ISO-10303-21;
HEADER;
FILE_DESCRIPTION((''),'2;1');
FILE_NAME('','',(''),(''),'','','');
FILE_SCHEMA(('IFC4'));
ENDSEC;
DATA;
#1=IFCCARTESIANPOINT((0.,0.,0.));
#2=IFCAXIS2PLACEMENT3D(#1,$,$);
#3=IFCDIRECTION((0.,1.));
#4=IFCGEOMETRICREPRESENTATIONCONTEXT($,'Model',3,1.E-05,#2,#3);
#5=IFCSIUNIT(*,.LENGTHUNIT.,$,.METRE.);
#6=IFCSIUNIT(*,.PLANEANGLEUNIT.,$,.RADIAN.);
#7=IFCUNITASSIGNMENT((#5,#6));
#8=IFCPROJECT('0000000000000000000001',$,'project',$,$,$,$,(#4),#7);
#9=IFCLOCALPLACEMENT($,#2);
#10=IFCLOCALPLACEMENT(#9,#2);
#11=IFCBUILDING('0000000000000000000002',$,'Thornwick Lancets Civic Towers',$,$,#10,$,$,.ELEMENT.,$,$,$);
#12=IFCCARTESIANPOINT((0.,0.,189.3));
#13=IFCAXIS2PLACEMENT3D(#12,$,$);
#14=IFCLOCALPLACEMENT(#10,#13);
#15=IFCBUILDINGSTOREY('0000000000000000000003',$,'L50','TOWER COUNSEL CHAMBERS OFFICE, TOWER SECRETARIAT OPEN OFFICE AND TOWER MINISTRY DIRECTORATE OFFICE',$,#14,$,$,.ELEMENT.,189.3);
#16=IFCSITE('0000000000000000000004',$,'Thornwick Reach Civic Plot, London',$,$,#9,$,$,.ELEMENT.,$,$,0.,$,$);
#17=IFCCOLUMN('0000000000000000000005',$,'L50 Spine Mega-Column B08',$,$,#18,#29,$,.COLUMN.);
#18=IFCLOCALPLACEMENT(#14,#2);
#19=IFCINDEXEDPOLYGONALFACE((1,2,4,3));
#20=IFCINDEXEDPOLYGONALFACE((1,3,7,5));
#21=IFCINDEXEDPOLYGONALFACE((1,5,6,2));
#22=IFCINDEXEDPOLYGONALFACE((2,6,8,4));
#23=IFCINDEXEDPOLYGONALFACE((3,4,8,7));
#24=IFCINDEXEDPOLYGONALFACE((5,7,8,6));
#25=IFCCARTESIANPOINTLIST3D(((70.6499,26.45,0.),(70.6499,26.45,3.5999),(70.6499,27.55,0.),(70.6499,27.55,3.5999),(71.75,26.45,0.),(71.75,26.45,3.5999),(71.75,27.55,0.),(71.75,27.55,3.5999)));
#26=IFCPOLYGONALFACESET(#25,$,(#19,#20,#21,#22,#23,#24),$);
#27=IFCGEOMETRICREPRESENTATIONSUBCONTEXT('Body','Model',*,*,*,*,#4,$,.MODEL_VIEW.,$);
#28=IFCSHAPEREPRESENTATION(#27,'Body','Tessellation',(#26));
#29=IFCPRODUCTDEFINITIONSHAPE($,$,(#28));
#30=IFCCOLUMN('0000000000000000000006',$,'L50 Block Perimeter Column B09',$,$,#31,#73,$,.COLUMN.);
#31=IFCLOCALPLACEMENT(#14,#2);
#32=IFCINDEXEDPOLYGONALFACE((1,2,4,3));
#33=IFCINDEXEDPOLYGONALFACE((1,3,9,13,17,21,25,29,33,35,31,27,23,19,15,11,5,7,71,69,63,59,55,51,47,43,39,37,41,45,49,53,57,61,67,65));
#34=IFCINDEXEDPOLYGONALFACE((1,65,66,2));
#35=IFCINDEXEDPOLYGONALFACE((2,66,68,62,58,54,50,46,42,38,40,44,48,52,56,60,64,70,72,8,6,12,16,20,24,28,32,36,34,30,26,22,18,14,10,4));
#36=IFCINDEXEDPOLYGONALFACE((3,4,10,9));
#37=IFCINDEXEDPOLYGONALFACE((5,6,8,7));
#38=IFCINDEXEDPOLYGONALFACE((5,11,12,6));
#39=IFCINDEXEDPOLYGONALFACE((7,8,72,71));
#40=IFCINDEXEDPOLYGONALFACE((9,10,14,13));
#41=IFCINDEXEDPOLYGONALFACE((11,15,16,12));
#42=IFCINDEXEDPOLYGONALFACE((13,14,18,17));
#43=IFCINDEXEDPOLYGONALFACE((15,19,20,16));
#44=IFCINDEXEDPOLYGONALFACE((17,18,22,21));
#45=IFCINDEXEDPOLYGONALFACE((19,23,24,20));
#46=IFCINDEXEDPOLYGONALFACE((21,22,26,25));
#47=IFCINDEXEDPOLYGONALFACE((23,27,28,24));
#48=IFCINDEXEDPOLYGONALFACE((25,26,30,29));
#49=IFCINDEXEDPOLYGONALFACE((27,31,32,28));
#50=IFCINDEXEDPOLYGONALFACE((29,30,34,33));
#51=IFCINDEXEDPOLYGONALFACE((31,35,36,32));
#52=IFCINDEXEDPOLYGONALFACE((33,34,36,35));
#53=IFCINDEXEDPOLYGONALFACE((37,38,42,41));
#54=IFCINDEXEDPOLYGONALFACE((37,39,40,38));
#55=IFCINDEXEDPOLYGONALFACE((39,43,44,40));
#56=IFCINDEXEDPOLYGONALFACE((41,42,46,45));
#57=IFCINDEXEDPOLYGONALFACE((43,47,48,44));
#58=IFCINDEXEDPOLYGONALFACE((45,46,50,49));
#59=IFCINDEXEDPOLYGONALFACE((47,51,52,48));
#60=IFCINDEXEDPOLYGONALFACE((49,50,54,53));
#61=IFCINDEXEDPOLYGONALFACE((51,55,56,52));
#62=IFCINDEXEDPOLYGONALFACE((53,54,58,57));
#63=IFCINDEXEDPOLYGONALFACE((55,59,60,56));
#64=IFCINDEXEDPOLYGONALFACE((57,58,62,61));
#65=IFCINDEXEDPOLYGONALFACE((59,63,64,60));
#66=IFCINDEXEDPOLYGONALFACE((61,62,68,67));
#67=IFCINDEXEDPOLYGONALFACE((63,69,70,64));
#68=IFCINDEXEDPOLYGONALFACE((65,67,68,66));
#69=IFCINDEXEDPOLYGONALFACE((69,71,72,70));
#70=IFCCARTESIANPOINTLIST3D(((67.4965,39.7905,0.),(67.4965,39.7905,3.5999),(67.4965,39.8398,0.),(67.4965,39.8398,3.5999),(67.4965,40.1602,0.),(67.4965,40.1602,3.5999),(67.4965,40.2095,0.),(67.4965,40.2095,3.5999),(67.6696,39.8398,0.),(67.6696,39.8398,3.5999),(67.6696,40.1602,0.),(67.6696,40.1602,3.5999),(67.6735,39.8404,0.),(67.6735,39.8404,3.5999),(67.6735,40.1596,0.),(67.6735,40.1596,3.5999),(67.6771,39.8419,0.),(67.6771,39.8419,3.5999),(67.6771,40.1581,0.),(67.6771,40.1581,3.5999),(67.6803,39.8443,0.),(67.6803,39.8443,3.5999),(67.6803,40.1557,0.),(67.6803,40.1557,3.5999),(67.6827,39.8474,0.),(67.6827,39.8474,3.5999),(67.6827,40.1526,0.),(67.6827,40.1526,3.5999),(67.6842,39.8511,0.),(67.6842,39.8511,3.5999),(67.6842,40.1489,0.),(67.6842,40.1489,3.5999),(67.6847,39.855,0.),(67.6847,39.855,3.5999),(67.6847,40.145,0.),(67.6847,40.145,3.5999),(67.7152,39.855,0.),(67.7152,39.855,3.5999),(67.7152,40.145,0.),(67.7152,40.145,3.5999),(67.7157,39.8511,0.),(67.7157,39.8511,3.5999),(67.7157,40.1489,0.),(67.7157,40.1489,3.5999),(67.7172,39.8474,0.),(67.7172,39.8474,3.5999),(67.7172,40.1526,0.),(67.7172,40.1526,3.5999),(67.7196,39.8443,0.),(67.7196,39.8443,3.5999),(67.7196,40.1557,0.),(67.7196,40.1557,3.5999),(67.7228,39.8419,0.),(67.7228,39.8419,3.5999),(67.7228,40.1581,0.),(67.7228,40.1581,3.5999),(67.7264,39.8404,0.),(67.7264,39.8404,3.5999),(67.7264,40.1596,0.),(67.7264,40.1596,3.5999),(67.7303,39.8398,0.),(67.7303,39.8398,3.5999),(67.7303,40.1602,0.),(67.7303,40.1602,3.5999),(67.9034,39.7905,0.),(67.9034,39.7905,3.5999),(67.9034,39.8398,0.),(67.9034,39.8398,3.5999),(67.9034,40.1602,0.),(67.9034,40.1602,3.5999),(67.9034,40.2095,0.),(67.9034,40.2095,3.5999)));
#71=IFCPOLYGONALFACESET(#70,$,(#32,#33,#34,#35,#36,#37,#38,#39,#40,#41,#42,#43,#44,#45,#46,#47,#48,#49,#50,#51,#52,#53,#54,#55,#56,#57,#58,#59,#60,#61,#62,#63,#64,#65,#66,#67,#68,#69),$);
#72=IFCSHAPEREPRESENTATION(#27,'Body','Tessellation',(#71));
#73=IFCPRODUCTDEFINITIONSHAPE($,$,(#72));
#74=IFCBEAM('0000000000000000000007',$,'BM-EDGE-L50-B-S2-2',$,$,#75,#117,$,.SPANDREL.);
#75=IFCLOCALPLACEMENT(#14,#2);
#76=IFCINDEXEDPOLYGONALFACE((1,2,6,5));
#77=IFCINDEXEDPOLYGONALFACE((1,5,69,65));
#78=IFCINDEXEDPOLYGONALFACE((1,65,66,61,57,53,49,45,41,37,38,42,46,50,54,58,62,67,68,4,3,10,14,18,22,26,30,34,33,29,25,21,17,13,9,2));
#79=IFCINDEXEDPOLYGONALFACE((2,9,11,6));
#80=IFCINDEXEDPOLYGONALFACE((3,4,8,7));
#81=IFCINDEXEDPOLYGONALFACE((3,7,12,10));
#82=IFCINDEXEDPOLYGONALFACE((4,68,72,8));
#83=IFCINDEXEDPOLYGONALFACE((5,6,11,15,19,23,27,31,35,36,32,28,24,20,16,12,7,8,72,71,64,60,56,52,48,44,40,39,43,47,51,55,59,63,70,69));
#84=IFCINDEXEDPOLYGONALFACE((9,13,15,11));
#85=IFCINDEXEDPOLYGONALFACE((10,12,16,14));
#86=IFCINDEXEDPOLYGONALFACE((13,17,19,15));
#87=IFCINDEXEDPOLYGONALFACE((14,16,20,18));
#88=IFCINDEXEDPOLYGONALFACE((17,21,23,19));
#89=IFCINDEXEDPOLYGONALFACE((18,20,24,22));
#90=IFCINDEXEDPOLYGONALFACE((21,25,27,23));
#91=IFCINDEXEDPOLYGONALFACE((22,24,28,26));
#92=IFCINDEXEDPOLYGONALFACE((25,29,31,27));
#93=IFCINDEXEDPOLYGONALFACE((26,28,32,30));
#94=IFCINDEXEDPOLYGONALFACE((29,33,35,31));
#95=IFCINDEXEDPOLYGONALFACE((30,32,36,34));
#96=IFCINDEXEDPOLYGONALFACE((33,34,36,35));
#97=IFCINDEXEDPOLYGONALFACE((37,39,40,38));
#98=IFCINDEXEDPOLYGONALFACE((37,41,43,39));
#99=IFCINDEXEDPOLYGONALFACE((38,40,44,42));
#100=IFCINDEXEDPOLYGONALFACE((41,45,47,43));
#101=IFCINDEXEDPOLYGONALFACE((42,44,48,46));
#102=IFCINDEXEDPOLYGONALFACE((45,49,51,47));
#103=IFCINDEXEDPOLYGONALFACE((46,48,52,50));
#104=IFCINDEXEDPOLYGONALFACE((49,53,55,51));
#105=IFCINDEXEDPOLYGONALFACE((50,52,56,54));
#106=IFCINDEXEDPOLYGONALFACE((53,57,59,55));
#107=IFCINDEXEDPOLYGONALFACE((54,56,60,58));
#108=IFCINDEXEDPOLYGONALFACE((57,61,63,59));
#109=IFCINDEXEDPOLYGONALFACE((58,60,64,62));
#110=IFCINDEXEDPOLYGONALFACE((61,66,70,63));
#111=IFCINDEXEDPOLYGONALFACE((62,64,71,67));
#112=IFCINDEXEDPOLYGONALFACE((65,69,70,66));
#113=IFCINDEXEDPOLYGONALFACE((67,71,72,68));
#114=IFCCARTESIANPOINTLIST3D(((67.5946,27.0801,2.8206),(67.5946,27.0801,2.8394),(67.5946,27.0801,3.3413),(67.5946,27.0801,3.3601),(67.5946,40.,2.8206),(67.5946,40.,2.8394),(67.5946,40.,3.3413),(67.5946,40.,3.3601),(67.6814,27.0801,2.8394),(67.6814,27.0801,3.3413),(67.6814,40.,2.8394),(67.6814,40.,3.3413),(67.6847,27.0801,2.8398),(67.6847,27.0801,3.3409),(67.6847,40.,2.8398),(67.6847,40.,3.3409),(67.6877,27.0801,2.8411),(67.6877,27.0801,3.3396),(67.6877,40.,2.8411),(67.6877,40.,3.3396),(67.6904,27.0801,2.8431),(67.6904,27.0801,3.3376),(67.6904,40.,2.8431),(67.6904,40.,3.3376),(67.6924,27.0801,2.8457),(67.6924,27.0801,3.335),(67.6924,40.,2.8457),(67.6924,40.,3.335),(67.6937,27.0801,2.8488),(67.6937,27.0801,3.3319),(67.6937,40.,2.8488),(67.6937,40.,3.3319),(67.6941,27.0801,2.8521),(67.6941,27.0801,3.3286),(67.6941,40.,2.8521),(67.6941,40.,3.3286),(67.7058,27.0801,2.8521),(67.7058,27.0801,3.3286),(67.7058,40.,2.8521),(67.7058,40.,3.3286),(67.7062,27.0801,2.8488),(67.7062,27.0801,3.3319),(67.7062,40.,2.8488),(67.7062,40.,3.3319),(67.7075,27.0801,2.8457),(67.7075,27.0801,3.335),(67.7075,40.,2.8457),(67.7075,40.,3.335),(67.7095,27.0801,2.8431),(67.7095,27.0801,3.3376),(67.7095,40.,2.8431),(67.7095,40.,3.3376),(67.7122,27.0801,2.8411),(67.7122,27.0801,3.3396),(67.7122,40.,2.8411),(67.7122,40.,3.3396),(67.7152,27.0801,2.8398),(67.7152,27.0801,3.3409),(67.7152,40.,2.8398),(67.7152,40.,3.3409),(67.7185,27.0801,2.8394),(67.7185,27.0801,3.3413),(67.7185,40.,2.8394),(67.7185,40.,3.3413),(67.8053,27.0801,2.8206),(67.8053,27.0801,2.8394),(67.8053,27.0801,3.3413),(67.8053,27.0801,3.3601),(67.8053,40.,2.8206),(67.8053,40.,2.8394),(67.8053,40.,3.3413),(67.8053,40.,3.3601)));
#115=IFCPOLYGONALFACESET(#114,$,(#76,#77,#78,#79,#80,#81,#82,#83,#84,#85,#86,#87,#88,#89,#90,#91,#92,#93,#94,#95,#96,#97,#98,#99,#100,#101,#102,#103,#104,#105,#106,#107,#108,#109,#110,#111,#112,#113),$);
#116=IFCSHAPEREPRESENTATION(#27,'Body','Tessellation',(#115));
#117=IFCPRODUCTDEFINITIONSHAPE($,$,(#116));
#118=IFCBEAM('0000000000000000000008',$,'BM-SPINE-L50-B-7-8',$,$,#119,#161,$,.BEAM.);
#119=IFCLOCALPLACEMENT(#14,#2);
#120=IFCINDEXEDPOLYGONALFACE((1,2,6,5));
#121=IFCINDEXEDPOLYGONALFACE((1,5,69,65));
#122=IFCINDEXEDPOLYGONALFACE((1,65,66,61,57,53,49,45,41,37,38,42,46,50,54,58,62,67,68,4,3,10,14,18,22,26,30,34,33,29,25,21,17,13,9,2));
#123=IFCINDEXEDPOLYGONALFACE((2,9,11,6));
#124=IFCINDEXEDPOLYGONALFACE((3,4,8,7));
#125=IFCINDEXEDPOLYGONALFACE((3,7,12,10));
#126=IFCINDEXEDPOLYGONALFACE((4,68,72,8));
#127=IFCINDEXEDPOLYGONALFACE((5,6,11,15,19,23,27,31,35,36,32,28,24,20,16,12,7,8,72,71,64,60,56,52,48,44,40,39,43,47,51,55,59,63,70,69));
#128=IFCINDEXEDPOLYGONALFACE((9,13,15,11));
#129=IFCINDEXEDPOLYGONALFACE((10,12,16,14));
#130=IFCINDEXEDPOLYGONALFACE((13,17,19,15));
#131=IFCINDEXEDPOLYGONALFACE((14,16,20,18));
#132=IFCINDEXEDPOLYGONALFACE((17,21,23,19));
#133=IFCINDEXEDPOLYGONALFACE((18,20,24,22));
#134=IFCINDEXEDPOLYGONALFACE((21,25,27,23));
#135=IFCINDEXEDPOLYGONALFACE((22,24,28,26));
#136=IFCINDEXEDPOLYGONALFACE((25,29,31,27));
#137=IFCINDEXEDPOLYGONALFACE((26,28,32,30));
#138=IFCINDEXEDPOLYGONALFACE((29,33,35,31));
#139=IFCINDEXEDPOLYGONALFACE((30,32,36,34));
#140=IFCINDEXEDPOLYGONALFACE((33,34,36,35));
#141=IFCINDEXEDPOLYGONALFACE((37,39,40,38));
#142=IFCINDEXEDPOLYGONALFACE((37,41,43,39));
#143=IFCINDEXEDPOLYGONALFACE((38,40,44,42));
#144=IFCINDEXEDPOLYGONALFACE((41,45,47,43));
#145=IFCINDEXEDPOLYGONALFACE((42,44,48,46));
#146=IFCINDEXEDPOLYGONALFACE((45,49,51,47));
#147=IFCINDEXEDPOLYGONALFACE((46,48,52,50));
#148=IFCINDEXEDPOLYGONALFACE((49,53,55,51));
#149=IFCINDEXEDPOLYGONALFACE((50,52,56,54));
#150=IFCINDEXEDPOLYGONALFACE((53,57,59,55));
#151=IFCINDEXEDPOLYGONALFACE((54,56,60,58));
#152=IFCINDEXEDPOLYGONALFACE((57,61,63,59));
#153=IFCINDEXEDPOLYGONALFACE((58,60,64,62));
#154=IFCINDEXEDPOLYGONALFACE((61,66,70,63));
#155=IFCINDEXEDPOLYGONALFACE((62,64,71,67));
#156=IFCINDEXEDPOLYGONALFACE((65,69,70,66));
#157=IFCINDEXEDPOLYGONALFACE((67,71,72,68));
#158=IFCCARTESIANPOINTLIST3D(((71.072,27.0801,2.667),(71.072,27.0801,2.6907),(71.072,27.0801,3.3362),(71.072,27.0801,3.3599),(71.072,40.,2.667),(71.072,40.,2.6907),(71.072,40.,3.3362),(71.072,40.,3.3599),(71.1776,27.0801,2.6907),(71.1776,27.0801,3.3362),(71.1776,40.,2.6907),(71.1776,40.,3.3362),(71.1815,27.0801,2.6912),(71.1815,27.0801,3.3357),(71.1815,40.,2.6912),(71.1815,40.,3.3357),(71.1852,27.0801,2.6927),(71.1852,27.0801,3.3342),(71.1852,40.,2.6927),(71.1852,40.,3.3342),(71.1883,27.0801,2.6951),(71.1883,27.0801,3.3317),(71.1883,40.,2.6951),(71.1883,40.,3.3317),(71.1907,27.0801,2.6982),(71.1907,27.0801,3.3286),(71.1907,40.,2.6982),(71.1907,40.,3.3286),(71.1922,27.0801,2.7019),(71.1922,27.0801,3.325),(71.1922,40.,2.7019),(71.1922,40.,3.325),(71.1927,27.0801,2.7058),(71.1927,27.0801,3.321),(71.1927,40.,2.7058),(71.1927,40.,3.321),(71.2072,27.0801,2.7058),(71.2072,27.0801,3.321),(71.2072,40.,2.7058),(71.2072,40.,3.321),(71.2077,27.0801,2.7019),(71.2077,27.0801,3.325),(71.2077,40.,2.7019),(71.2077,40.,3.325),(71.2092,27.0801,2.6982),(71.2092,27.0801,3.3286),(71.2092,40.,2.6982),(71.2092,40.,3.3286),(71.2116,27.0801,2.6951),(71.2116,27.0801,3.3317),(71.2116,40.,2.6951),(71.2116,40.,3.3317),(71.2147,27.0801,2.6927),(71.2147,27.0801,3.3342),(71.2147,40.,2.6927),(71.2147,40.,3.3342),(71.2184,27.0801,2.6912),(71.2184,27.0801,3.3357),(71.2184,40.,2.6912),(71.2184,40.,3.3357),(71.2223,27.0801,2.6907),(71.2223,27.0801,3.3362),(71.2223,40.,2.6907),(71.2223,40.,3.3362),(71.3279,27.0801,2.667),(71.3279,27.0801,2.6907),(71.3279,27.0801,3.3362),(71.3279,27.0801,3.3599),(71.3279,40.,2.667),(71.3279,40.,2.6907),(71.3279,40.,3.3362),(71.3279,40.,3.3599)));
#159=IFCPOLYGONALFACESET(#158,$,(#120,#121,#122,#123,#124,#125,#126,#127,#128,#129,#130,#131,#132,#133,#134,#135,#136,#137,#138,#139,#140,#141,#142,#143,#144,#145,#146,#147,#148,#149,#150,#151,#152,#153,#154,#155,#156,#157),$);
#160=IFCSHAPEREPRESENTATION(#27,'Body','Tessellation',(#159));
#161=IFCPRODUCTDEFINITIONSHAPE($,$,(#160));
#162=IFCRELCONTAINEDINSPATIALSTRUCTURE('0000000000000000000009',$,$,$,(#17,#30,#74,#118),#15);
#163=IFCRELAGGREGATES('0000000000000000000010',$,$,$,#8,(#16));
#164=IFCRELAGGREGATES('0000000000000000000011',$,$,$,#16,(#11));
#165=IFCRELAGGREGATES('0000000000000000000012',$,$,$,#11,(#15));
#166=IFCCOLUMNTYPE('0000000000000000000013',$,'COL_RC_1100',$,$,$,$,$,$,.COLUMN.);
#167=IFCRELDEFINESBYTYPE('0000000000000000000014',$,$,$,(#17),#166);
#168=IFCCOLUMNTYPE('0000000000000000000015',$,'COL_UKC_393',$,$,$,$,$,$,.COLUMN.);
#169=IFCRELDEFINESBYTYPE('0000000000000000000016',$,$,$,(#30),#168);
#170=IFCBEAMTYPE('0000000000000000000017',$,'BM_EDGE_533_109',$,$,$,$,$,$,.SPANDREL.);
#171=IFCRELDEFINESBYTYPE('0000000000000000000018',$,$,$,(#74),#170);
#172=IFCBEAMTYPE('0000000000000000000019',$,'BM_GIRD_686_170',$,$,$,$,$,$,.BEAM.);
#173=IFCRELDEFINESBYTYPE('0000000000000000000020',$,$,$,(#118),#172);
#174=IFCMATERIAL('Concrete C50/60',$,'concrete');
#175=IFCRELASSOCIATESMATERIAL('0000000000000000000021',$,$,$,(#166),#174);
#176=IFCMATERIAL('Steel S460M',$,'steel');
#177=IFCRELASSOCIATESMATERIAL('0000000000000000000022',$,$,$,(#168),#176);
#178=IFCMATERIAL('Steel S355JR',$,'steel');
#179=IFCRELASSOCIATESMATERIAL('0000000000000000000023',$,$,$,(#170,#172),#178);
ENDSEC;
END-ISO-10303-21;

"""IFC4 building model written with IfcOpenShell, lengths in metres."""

from ifc_helpers import new_model, si_unit, direction, frame, origin, origin_2d, place, context, subcontext, project, spatial, rectangle, i_section, extrude, material, material_profile, profile_set, type_object, element, save


model = new_model("IFC4")

# Units and contexts
model_context = context("Model", 3, precision=1e-05, world=origin(), true_north=direction((0.0, 1.0)))
body_context = subcontext(model_context, "Body", "Model", "MODEL_VIEW")
ifc_project = project(units=[si_unit("LENGTHUNIT", "METRE"), si_unit("PLANEANGLEUNIT", "RADIAN")], contexts=[model_context])

# Site, building, storey
site_placement = place(None, origin())
site = spatial("IfcSite", under=ifc_project, at=site_placement, Name="Thornwick Reach Civic Plot, London", CompositionType="ELEMENT", RefElevation=0.0)
building_placement = place(site_placement, origin())
building = spatial("IfcBuilding", under=site, at=building_placement, Name="Thornwick Lancets Civic Towers", CompositionType="ELEMENT")
storey_placement = place(building_placement, frame((0.0, 0.0, 189.3)))
storey = spatial("IfcBuildingStorey", under=building, at=storey_placement, Name="L50", Description="TOWER COUNSEL CHAMBERS OFFICE, TOWER SECRETARIAT OPEN OFFICE AND TOWER MINISTRY DIRECTORATE OFFICE", CompositionType="ELEMENT", Elevation=189.3)

# Columns
ifc_material_1 = material(Name="Concrete C50/60", Category="concrete")
ifc_material_profile_1 = material_profile(ifc_material_1, rectangle(XDim=1.1001, YDim=1.1001, at=origin_2d()), Name="RC 1100x1100")
ifc_profile_set_1 = profile_set([ifc_material_profile_1], Name="Concrete C50/60")
column_type_1 = type_object("IfcColumnType", Name="COL_RC_1100", PredefinedType="COLUMN", material=ifc_profile_set_1)
column_1_placement = place(storey_placement, frame((71.2, 27.0, 0.0), z_axis=(0.0, 0.0, 1.0), x_axis=(1.0, 0.0, 0.0)))
element("IfcColumn", 1, at=column_1_placement, inside=storey, type_object=column_type_1, Name="L50 Spine Mega-Column B08", PredefinedType="COLUMN", context=body_context, shape_type="SweptSolid", body=[
    extrude(rectangle(XDim=1.1001, YDim=1.1001, at=origin_2d()), origin(), (0.0, 0.0, 1.0), 3.5999),
])
ifc_material_2 = material(Name="Steel S460M", Category="steel")
ifc_material_profile_2 = material_profile(ifc_material_2, i_section(OverallWidth=0.407, OverallDepth=0.4189, WebThickness=0.0305, FlangeThickness=0.0493, FilletRadius=0.0151, at=origin_2d()), Name="UKC 356x406x393")
ifc_profile_set_2 = profile_set([ifc_material_profile_2], Name="Steel S460M")
column_type_2 = type_object("IfcColumnType", Name="COL_UKC_393", PredefinedType="COLUMN", material=ifc_profile_set_2)
column_2_placement = place(storey_placement, frame((67.7, 40.0, 0.0), z_axis=(0.0, 0.0, 1.0), x_axis=(1.0, 0.0, 0.0)))
element("IfcColumn", 2, at=column_2_placement, inside=storey, type_object=column_type_2, Name="L50 Block Perimeter Column B09", PredefinedType="COLUMN", context=body_context, shape_type="SweptSolid", body=[
    extrude(i_section(OverallWidth=0.407, OverallDepth=0.4189, WebThickness=0.0305, FlangeThickness=0.0493, FilletRadius=0.0151, at=origin_2d()), origin(), (0.0, 0.0, 1.0), 3.5999),
])

# Beams
ifc_material_3 = material(Name="Steel S355JR", Category="steel")
ifc_material_profile_3 = material_profile(ifc_material_3, i_section(OverallWidth=0.2107, OverallDepth=0.5396, WebThickness=0.0117, FlangeThickness=0.0188, FilletRadius=0.0127, at=origin_2d()), Name="UKB 533x210x109")
ifc_profile_set_3 = profile_set([ifc_material_profile_3], Name="Steel S355JR")
beam_type_1 = type_object("IfcBeamType", Name="BM_EDGE_533_109", PredefinedType="SPANDREL", material=ifc_profile_set_3)
beam_1_placement = place(storey_placement, frame((67.7, 27.0801, 3.0903), z_axis=(0.0, 1.0, 0.0), x_axis=(-1.0, 0.0, 0.0)))
element("IfcBeam", 3, at=beam_1_placement, inside=storey, type_object=beam_type_1, Name="BM-EDGE-L50-B-S2-2", PredefinedType="SPANDREL", context=body_context, shape_type="SweptSolid", body=[
    extrude(i_section(OverallWidth=0.2107, OverallDepth=0.5396, WebThickness=0.0117, FlangeThickness=0.0188, FilletRadius=0.0127, at=origin_2d()), origin(), (0.0, 0.0, 1.0), 12.9199),
])
ifc_material_profile_4 = material_profile(ifc_material_3, i_section(OverallWidth=0.2559, OverallDepth=0.6929, WebThickness=0.0144, FlangeThickness=0.0237, FilletRadius=0.0151, at=origin_2d()), Name="UKB 686x254x170")
ifc_profile_set_4 = profile_set([ifc_material_profile_4], Name="Steel S355JR")
beam_type_2 = type_object("IfcBeamType", Name="BM_GIRD_686_170", PredefinedType="BEAM", material=ifc_profile_set_4)
beam_2_placement = place(storey_placement, frame((71.2, 27.0801, 3.0134), z_axis=(0.0, 1.0, 0.0), x_axis=(-1.0, 0.0, 0.0)))
element("IfcBeam", 4, at=beam_2_placement, inside=storey, type_object=beam_type_2, Name="BM-SPINE-L50-B-7-8", PredefinedType="BEAM", context=body_context, shape_type="SweptSolid", body=[
    extrude(i_section(OverallWidth=0.2559, OverallDepth=0.6929, WebThickness=0.0144, FlangeThickness=0.0237, FilletRadius=0.0151, at=origin_2d()), origin(), (0.0, 0.0, 1.0), 12.9199),
])

save(model, "model.ifc")
